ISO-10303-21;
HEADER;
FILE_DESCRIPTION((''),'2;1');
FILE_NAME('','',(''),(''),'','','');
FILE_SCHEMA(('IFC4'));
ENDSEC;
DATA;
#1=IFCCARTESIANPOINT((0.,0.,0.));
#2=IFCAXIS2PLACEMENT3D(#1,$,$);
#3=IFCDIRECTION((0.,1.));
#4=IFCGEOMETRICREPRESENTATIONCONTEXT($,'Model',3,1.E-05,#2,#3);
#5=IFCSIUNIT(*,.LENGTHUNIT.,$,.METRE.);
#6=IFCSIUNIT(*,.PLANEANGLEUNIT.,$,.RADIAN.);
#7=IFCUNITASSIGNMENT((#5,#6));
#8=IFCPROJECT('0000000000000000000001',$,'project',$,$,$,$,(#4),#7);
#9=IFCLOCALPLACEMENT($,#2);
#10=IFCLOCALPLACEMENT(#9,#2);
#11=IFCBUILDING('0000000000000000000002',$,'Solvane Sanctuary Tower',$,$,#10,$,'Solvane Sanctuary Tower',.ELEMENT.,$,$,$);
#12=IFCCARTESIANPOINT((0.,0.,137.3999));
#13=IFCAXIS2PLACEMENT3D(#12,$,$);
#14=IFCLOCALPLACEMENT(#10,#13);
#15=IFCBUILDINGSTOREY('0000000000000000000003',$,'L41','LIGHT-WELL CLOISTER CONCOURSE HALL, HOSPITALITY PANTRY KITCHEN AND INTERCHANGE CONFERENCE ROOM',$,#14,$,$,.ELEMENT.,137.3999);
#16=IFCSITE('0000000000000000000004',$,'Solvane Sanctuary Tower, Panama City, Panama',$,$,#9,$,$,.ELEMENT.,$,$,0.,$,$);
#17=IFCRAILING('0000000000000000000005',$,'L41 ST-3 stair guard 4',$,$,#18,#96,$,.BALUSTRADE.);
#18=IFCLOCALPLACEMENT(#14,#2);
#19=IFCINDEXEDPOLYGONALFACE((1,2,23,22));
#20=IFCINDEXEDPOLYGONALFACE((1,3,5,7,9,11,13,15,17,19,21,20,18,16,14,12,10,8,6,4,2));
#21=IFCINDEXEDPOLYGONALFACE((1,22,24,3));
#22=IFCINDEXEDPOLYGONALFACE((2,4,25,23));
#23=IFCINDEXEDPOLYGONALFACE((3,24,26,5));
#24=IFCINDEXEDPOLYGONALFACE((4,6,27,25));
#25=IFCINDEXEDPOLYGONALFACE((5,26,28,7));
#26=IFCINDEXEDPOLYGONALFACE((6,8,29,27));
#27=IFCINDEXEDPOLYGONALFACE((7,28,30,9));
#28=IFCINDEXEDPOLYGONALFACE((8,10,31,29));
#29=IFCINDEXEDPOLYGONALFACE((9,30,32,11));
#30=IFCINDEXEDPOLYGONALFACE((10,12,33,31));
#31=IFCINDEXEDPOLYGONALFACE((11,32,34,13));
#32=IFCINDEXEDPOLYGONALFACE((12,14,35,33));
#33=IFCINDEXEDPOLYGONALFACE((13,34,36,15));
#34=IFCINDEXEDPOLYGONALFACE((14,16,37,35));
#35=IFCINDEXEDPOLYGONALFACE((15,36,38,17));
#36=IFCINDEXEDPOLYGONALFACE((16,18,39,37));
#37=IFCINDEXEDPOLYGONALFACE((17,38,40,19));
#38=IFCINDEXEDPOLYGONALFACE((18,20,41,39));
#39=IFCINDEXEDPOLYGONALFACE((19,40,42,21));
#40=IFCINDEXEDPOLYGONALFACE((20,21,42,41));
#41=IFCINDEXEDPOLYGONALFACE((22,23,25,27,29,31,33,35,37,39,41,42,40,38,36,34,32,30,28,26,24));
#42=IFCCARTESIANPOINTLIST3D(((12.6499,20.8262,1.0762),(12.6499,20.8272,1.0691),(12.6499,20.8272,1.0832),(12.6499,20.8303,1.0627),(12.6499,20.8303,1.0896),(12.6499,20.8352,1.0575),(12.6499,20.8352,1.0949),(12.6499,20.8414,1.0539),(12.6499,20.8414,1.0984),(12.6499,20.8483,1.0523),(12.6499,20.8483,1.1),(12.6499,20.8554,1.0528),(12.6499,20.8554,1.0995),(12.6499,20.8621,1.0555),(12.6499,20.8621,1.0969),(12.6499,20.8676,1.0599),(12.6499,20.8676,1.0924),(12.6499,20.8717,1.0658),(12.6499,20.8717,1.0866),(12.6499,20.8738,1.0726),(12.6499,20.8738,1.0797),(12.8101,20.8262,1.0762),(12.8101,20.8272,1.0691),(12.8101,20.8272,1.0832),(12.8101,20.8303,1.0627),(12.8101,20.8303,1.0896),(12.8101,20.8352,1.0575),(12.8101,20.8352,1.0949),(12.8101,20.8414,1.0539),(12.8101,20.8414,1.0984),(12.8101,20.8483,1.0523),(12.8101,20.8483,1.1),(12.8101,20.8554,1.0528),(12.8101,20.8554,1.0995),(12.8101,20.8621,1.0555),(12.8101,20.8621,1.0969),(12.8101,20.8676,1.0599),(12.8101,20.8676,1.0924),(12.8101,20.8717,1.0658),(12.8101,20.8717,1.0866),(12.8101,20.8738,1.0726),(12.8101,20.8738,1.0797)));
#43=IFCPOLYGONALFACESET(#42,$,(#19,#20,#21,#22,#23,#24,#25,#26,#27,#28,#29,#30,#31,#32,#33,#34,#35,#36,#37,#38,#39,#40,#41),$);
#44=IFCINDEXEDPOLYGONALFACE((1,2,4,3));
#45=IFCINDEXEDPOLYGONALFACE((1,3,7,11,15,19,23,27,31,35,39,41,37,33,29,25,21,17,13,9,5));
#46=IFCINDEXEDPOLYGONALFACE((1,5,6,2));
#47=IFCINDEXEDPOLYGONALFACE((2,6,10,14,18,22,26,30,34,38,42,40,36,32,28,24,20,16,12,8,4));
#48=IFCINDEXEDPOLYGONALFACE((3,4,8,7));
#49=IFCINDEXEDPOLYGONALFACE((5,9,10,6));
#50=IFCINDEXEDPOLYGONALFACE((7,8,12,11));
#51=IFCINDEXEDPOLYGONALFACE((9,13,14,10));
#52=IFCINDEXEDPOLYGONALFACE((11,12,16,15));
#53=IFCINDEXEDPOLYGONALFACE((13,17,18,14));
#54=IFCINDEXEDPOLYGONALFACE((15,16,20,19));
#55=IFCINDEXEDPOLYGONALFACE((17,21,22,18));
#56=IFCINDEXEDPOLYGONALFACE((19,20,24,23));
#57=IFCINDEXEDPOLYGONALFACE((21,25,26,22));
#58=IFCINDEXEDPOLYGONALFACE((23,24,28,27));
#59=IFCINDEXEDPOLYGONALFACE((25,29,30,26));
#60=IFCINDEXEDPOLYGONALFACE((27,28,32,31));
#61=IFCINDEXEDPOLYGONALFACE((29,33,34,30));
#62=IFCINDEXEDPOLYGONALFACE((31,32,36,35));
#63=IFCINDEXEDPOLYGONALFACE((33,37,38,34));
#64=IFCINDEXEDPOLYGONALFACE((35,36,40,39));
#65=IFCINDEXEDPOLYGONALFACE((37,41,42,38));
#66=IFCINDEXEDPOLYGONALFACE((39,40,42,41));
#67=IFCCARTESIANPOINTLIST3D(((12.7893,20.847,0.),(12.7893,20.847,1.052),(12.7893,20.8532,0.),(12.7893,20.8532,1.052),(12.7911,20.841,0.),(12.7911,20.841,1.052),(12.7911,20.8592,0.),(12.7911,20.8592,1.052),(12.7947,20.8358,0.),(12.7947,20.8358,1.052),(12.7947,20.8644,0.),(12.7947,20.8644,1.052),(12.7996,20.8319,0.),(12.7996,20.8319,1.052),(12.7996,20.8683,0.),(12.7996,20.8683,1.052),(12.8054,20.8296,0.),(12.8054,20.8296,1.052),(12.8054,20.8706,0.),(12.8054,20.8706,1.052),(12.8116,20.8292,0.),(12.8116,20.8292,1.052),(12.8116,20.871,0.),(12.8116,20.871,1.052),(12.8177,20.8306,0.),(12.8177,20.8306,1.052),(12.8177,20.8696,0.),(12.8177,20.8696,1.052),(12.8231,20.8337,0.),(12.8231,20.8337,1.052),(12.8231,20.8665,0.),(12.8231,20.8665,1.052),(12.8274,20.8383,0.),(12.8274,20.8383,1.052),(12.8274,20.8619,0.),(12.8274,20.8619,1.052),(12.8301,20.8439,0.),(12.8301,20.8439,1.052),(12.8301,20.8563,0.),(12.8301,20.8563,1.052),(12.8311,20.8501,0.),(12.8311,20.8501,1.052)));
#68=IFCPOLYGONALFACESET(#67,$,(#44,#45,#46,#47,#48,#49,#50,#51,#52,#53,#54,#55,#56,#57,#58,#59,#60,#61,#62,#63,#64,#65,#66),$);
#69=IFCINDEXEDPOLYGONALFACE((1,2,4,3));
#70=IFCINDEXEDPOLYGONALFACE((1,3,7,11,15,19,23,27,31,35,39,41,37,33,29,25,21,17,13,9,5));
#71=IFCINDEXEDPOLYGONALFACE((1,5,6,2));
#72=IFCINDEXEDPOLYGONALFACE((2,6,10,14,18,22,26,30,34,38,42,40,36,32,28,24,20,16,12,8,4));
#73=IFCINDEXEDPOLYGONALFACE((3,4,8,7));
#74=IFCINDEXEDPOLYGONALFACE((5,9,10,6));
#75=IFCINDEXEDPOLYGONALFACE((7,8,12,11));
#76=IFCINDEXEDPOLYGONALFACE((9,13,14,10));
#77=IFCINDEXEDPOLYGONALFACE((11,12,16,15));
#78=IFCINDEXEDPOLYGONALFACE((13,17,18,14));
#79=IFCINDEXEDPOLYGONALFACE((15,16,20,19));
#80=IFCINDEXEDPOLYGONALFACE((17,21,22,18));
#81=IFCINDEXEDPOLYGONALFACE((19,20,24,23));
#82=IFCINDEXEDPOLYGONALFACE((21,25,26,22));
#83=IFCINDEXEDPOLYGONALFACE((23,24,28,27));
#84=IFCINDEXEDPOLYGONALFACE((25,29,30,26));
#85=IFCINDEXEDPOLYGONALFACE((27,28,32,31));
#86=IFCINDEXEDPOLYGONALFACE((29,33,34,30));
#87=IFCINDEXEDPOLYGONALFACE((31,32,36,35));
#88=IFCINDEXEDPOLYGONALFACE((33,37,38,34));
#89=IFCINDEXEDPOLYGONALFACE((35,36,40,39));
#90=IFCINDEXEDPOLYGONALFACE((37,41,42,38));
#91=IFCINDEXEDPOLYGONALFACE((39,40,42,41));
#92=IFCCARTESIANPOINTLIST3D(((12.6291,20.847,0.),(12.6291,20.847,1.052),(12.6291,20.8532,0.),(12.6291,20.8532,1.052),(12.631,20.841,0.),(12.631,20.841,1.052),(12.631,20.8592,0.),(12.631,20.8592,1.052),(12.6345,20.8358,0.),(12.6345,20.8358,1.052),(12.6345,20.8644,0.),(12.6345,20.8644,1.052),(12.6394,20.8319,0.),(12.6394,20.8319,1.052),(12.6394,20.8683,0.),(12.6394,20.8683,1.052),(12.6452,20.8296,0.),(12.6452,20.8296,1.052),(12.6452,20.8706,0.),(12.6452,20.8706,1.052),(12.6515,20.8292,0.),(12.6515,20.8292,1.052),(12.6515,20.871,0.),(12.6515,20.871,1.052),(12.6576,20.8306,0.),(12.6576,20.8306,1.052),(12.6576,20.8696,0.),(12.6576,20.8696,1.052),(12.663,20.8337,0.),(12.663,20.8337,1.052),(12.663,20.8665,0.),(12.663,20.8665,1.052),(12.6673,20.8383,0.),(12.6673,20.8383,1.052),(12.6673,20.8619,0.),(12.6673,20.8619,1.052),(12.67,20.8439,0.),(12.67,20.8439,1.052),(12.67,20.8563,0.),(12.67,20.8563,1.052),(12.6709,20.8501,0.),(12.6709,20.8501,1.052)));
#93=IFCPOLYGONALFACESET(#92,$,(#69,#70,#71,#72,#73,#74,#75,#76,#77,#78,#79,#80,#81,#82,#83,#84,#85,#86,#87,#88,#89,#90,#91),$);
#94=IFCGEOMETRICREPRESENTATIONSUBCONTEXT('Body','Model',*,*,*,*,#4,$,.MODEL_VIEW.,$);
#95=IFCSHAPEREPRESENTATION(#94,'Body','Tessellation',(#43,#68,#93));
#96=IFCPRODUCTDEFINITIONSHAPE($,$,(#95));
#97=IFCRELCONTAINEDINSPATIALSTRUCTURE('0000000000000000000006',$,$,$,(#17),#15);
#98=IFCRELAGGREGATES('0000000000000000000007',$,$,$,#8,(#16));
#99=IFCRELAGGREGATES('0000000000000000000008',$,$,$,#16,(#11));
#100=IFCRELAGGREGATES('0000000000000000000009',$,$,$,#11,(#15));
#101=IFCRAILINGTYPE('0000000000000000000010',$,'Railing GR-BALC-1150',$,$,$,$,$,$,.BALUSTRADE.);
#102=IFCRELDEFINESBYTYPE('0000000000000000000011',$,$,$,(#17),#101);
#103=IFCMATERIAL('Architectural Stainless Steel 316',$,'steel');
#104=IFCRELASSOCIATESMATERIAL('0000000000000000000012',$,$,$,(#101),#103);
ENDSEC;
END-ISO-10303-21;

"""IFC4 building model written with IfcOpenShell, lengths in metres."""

from ifc_helpers import new_model, si_unit, direction, frame, origin, origin_2d, place, context, subcontext, project, spatial, circle, extrude, material, type_object, element, save


model = new_model("IFC4")

# Units and contexts
model_context = context("Model", 3, precision=1e-05, world=origin(), true_north=direction((0.0, 1.0)))
body_context = subcontext(model_context, "Body", "Model", "MODEL_VIEW")
ifc_project = project(units=[si_unit("LENGTHUNIT", "METRE"), si_unit("PLANEANGLEUNIT", "RADIAN")], contexts=[model_context])

# Site, building, storey
site_placement = place(None, origin())
site = spatial("IfcSite", under=ifc_project, at=site_placement, Name="Solvane Sanctuary Tower, Panama City, Panama", CompositionType="ELEMENT", RefElevation=0.0)
building_placement = place(site_placement, origin())
building = spatial("IfcBuilding", under=site, at=building_placement, Name="Solvane Sanctuary Tower", LongName="Solvane Sanctuary Tower", CompositionType="ELEMENT")
storey_placement = place(building_placement, frame((0.0, 0.0, 137.3999)))
storey = spatial("IfcBuildingStorey", under=building, at=storey_placement, Name="L41", Description="LIGHT-WELL CLOISTER CONCOURSE HALL, HOSPITALITY PANTRY KITCHEN AND INTERCHANGE CONFERENCE ROOM", CompositionType="ELEMENT", Elevation=137.3999)

# Shared definitions
ifc_material_1 = material(Name="Architectural Stainless Steel 316", Category="steel")

# Railing
railing_type_1 = type_object("IfcRailingType", Name="Railing GR-BALC-1150", PredefinedType="BALUSTRADE", material=ifc_material_1)
railing_1_placement = place(storey_placement, frame((12.8101, 20.8501, 0.0)))
element("IfcRailing", 1, at=railing_1_placement, inside=storey, type_object=railing_type_1, Name="L41 ST-3 stair guard 4", PredefinedType="BALUSTRADE", context=body_context, shape_type="SweptSolid", body=[
    extrude(circle(Radius=0.0239, at=origin_2d()), frame((0.0, 0.0, 1.0762), z_axis=(-1.0, 0.0, 0.0), x_axis=(0.0, -1.0, 0.0)), (0.0, 0.0, 1.0), 0.1602),
    extrude(circle(Radius=0.021, at=origin_2d()), origin(), (0.0, 0.0, 1.0), 1.052),
    extrude(circle(Radius=0.021, at=origin_2d()), frame((-0.1602, 0.0, 0.0)), (0.0, 0.0, 1.0), 1.052),
])

save(model, "model.ifc")
